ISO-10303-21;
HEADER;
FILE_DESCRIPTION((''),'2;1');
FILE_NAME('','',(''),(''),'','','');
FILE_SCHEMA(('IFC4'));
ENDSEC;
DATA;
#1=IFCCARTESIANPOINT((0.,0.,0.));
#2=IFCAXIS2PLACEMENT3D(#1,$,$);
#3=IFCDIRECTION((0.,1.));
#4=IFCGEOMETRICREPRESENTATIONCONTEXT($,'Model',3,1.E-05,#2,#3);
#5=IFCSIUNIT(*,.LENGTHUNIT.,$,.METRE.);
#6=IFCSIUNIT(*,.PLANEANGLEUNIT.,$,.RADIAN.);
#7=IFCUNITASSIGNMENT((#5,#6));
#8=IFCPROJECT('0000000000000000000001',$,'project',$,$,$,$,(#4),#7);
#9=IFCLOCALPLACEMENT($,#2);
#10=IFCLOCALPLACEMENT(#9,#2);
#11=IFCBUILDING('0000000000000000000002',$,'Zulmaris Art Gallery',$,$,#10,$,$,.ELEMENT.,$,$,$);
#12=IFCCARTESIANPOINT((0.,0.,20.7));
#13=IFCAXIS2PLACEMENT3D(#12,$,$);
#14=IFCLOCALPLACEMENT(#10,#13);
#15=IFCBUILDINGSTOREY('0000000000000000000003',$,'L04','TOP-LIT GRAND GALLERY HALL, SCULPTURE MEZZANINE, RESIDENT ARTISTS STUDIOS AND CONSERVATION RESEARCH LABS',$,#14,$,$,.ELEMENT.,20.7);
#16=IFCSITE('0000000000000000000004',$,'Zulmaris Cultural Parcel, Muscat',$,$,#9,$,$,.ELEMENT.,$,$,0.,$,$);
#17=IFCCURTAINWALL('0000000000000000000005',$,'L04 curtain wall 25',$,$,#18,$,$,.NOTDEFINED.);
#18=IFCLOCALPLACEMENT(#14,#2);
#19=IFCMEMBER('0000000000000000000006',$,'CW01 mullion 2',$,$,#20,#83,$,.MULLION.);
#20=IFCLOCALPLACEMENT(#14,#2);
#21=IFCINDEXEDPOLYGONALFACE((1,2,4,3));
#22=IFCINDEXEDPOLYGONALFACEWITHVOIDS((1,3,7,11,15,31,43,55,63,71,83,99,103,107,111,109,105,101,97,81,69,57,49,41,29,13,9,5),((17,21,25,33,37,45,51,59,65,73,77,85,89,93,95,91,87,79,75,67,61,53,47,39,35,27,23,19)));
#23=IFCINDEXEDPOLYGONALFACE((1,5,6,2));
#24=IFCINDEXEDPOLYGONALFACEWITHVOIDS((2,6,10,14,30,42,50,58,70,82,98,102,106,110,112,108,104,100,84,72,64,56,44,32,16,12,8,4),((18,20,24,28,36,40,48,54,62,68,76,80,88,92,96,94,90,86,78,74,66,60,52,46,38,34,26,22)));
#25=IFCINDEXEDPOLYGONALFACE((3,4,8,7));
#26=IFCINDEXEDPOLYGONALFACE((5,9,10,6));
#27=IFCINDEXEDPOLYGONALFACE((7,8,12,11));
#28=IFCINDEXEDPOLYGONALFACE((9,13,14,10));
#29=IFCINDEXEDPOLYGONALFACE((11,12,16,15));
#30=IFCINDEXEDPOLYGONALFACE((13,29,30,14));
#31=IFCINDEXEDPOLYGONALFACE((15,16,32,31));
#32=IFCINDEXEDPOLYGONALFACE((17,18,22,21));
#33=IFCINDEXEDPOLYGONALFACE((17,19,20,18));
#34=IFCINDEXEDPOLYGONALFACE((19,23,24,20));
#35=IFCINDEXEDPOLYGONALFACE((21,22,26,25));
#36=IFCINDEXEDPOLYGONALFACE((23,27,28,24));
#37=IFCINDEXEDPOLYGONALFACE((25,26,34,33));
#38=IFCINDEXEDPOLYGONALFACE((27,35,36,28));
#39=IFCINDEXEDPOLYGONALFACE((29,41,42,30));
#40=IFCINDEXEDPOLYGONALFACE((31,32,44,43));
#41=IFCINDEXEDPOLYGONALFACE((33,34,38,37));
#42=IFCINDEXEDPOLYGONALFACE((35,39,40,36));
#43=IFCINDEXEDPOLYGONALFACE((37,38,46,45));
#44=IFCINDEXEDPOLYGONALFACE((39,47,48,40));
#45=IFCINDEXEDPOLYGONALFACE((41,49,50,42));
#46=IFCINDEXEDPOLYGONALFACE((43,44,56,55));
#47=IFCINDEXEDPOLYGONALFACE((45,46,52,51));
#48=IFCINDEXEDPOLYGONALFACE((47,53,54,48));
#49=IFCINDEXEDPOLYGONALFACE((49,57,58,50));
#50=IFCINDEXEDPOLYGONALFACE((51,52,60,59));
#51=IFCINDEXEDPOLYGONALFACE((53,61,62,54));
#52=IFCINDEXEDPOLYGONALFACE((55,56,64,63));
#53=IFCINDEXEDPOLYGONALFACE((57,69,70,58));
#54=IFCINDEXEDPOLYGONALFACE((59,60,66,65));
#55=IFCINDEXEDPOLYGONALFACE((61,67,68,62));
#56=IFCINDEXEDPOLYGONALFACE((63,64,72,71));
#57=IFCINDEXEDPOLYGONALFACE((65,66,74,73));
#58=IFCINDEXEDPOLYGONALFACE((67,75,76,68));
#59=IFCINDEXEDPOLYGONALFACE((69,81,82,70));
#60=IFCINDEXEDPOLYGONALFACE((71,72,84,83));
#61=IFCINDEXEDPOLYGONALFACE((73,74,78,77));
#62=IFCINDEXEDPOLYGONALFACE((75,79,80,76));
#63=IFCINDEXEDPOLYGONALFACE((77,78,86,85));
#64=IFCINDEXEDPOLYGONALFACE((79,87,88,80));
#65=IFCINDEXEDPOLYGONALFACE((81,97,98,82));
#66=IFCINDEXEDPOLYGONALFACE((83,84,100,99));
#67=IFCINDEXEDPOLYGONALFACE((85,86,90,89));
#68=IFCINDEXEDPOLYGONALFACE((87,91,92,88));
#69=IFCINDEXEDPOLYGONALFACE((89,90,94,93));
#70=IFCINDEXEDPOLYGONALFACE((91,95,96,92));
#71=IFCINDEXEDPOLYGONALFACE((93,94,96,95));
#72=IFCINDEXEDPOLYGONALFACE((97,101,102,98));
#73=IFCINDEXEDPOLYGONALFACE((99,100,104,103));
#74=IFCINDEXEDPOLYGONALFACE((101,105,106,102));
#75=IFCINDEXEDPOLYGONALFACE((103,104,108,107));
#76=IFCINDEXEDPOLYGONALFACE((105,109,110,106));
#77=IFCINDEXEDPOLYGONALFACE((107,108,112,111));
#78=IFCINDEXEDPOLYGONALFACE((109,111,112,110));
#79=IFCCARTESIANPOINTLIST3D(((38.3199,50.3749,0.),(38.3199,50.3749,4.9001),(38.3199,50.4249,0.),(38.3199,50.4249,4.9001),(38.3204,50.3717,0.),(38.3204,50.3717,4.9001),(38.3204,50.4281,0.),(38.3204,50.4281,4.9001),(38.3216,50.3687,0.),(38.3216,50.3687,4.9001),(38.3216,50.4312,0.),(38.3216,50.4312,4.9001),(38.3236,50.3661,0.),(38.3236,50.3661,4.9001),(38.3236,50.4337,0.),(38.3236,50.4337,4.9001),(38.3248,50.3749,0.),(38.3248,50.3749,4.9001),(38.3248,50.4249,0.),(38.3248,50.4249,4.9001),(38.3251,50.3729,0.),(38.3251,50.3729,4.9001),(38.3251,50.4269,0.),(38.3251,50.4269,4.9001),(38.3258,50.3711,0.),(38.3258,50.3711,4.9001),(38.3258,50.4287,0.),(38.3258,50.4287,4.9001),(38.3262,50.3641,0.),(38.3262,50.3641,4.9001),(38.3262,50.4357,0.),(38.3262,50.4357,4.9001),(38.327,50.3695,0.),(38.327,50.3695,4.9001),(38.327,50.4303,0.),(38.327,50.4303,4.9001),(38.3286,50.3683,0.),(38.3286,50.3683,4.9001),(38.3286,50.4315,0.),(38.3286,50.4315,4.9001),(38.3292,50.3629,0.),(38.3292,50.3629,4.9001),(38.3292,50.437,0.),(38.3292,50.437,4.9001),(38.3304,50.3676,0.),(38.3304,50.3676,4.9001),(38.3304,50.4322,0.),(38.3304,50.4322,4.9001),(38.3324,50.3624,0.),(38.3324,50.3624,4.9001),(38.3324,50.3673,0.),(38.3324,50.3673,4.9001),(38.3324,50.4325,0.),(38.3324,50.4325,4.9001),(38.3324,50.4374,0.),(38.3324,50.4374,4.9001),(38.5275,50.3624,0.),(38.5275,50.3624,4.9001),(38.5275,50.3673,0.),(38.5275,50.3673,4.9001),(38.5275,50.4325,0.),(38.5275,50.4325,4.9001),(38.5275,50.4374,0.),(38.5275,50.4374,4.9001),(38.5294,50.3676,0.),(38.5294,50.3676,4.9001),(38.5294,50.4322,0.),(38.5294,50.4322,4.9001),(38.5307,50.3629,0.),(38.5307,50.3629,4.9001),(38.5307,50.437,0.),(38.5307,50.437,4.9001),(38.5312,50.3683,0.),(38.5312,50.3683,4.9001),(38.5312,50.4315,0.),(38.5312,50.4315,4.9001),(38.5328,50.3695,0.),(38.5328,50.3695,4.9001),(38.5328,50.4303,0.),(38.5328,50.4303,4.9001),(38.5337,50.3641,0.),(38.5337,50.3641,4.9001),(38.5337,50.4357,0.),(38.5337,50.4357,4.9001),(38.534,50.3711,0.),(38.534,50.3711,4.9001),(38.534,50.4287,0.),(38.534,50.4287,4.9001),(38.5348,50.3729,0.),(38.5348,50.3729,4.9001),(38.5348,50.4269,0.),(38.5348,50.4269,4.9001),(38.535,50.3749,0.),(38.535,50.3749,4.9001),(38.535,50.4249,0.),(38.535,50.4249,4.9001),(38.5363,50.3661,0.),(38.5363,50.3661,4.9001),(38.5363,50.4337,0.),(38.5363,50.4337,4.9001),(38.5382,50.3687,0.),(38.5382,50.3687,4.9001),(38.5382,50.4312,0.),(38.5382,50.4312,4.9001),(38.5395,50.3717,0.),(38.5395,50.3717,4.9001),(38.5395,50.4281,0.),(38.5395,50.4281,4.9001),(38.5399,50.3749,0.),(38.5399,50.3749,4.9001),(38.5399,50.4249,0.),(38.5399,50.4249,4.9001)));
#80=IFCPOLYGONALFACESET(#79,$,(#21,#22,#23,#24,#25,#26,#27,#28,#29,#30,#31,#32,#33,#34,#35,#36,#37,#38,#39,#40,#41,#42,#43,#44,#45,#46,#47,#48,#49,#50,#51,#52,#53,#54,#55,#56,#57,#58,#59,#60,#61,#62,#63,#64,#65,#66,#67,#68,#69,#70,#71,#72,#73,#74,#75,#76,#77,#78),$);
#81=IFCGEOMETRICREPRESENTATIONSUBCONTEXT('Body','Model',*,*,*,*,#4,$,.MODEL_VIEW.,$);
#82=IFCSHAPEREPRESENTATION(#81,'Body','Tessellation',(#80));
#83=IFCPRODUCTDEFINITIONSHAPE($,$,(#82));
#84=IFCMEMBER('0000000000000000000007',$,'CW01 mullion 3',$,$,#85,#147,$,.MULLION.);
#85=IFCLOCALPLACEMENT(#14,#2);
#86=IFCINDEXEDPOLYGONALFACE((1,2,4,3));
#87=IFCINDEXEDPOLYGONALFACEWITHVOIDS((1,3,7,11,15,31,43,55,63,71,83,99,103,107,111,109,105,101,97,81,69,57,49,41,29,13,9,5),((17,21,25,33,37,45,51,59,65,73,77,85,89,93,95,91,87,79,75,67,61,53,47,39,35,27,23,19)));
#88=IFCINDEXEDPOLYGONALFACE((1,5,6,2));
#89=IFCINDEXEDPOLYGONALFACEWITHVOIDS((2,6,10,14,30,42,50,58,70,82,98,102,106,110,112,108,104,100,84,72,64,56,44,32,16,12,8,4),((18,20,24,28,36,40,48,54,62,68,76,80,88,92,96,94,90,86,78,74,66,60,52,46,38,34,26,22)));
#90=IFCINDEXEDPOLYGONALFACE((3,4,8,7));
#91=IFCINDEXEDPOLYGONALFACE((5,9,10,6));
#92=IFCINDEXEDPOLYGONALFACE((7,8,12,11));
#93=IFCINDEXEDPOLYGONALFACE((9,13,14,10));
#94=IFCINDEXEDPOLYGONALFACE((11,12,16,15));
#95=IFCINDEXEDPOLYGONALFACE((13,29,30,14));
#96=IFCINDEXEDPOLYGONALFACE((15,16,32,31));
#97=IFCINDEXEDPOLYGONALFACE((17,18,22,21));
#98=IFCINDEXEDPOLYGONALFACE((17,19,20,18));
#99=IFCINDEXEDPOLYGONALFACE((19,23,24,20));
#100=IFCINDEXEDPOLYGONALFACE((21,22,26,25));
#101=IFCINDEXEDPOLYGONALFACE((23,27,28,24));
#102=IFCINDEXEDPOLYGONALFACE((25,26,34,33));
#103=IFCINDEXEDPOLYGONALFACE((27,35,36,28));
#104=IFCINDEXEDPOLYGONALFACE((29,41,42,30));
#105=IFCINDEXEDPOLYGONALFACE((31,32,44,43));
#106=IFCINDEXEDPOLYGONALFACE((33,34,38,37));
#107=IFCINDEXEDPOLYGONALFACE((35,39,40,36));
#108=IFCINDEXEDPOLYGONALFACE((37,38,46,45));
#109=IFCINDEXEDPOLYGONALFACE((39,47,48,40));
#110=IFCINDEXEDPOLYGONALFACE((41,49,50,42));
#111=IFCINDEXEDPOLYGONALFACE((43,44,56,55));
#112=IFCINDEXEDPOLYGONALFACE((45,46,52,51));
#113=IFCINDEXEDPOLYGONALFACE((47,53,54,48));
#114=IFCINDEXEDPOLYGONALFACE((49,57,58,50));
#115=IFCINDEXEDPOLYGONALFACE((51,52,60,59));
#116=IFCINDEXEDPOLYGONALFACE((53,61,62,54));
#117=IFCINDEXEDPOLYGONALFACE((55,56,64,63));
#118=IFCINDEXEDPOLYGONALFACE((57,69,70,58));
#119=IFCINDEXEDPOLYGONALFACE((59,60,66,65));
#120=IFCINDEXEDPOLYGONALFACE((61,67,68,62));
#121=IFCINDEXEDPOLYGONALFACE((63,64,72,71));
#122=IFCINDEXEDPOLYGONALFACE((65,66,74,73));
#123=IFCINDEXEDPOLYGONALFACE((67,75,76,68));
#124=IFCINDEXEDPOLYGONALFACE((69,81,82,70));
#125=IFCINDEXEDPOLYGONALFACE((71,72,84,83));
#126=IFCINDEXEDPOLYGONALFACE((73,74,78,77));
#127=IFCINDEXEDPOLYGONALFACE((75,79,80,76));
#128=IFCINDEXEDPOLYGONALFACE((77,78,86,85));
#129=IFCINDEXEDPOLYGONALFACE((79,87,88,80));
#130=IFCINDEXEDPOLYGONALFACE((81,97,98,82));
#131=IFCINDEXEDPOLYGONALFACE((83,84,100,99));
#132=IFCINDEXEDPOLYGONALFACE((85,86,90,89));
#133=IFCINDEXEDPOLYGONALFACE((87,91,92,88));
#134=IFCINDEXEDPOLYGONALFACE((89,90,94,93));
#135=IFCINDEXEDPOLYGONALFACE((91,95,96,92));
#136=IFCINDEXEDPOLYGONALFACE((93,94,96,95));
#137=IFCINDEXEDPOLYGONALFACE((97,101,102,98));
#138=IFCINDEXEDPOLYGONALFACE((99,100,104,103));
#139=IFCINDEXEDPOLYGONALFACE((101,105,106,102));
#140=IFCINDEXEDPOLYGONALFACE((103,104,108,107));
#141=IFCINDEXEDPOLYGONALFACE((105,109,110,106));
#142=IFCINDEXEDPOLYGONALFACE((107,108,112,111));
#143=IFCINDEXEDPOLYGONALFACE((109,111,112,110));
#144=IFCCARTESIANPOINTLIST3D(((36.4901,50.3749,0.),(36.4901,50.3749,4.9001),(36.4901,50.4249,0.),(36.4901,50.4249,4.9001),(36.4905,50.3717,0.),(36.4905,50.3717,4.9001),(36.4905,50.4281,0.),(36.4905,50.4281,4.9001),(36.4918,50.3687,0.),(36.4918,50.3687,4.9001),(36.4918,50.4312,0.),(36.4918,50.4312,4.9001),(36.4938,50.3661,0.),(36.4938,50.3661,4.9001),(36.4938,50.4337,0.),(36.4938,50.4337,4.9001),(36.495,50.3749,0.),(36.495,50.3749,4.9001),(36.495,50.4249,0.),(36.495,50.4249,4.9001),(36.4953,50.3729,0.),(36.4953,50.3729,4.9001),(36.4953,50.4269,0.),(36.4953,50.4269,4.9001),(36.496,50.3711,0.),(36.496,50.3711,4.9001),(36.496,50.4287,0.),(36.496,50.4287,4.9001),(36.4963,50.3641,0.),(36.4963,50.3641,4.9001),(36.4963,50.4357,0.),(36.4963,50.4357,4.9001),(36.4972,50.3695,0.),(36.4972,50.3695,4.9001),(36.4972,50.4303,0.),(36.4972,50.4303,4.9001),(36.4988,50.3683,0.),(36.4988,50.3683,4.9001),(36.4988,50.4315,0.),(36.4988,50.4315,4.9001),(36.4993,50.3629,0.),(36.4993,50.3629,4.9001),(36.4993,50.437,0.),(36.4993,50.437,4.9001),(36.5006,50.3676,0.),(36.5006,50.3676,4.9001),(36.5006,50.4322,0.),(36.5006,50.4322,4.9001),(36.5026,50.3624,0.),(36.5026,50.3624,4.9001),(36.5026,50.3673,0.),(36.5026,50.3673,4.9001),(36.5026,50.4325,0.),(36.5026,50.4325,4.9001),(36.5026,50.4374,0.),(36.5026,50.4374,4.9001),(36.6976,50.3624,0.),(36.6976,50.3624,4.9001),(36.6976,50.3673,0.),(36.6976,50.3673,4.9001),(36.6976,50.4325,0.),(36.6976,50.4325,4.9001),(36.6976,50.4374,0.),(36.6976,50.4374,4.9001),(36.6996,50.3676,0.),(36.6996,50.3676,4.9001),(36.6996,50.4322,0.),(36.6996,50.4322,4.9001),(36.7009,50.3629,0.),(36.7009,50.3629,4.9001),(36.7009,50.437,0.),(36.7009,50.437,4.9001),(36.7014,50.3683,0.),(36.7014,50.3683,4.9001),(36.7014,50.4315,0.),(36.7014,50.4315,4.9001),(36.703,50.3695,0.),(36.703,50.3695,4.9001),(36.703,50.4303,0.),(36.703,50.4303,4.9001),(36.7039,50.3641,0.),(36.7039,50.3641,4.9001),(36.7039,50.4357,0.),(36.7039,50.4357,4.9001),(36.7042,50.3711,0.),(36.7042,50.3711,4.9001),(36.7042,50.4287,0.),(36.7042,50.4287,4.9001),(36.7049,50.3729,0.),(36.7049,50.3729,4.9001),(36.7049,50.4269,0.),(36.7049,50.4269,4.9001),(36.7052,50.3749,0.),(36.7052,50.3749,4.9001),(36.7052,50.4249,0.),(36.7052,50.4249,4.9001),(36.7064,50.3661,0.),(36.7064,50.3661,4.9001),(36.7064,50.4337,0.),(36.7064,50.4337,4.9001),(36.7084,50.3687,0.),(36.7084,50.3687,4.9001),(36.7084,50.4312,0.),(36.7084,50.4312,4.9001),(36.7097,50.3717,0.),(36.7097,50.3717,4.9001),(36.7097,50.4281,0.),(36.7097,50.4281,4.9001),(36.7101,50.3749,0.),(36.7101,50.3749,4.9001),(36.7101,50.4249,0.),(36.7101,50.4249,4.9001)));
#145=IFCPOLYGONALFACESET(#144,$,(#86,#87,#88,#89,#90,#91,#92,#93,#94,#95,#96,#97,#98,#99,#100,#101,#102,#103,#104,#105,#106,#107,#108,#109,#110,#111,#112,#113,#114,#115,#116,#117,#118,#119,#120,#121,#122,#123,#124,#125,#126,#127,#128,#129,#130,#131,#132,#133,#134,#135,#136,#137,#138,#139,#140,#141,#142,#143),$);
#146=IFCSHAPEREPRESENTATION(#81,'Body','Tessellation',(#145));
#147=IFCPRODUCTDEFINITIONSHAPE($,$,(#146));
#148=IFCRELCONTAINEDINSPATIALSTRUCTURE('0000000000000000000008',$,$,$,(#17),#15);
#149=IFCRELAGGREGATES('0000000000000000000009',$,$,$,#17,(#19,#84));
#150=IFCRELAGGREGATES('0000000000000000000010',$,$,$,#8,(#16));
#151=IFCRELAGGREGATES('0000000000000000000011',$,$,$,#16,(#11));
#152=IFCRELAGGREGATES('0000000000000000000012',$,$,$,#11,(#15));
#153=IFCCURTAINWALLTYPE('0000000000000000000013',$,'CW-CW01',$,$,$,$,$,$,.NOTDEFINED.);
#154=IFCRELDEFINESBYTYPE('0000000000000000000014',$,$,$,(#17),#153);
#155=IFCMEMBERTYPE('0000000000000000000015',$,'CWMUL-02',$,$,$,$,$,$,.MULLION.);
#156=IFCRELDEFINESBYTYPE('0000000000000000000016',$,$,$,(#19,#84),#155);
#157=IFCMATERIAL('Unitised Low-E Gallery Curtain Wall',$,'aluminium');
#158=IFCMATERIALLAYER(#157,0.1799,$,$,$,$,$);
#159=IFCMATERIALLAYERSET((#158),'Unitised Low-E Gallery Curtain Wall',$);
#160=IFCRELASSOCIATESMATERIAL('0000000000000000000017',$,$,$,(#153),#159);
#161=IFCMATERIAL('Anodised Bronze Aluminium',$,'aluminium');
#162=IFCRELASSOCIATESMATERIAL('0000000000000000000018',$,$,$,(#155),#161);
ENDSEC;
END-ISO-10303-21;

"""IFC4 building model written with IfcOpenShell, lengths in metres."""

from ifc_helpers import new_model, si_unit, direction, frame, origin, origin_2d, place, context, subcontext, project, spatial, hollow_rectangle, extrude, material, layer, layer_set, material_profile, profile_set, type_object, element, aggregate, save


model = new_model("IFC4")

# Units and contexts
model_context = context("Model", 3, precision=1e-05, world=origin(), true_north=direction((0.0, 1.0)))
body_context = subcontext(model_context, "Body", "Model", "MODEL_VIEW")
ifc_project = project(units=[si_unit("LENGTHUNIT", "METRE"), si_unit("PLANEANGLEUNIT", "RADIAN")], contexts=[model_context])

# Site, building, storey
site_placement = place(None, origin())
site = spatial("IfcSite", under=ifc_project, at=site_placement, Name="Zulmaris Cultural Parcel, Muscat", CompositionType="ELEMENT", RefElevation=0.0)
building_placement = place(site_placement, origin())
building = spatial("IfcBuilding", under=site, at=building_placement, Name="Zulmaris Art Gallery", CompositionType="ELEMENT")
storey_placement = place(building_placement, frame((0.0, 0.0, 20.7)))
storey = spatial("IfcBuildingStorey", under=building, at=storey_placement, Name="L04", Description="TOP-LIT GRAND GALLERY HALL, SCULPTURE MEZZANINE, RESIDENT ARTISTS STUDIOS AND CONSERVATION RESEARCH LABS", CompositionType="ELEMENT", Elevation=20.7)

# Curtain wall, members
ifc_material_1 = material(Name="Unitised Low-E Gallery Curtain Wall", Category="aluminium")
ifc_layer_1 = layer(ifc_material_1, 0.1799)
ifc_layer_set_1 = layer_set([ifc_layer_1], Name="Unitised Low-E Gallery Curtain Wall")
curtain_wall_type = type_object("IfcCurtainWallType", Name="CW-CW01", PredefinedType="NOTDEFINED", material=ifc_layer_set_1)
curtain_wall_placement = place(storey_placement, origin())
curtain_wall = element("IfcCurtainWall", 1, at=curtain_wall_placement, inside=storey, type_object=curtain_wall_type, Name="L04 curtain wall 25", PredefinedType="NOTDEFINED")
ifc_material_2 = material(Name="Anodised Bronze Aluminium", Category="aluminium")
ifc_material_profile_1 = material_profile(ifc_material_2, hollow_rectangle(XDim=0.075, YDim=0.22, WallThickness=0.0049, InnerFilletRadius=0.0076, OuterFilletRadius=0.0125, at=origin_2d()), Name="ALU 75x220x5")
ifc_profile_set_1 = profile_set([ifc_material_profile_1], Name="Anodised Bronze Aluminium")
member_type_1 = type_object("IfcMemberType", Name="CWMUL-02", PredefinedType="MULLION", material=ifc_profile_set_1)
member_1_placement = place(storey_placement, frame((38.4299, 50.3999, 0.0), z_axis=(0.0, 0.0, 1.0), x_axis=(0.0, -1.0, 0.0)))
member_1 = element("IfcMember", 2, at=member_1_placement, type_object=member_type_1, Name="CW01 mullion 2", PredefinedType="MULLION", context=body_context, shape_type="SweptSolid", body=[
    extrude(hollow_rectangle(XDim=0.075, YDim=0.22, WallThickness=0.0049, InnerFilletRadius=0.0076, OuterFilletRadius=0.0125, at=origin_2d()), origin(), (0.0, 0.0, 1.0), 4.9001),
])
member_2_placement = place(storey_placement, frame((36.6001, 50.3999, 0.0), z_axis=(0.0, 0.0, 1.0), x_axis=(0.0, -1.0, 0.0)))
member_2 = element("IfcMember", 3, at=member_2_placement, type_object=member_type_1, Name="CW01 mullion 3", PredefinedType="MULLION", context=body_context, shape_type="SweptSolid", body=[
    extrude(hollow_rectangle(XDim=0.075, YDim=0.22, WallThickness=0.0049, InnerFilletRadius=0.0076, OuterFilletRadius=0.0125, at=origin_2d()), origin(), (0.0, 0.0, 1.0), 4.9001),
])
aggregate(curtain_wall, [member_1, member_2])

save(model, "model.ifc")
